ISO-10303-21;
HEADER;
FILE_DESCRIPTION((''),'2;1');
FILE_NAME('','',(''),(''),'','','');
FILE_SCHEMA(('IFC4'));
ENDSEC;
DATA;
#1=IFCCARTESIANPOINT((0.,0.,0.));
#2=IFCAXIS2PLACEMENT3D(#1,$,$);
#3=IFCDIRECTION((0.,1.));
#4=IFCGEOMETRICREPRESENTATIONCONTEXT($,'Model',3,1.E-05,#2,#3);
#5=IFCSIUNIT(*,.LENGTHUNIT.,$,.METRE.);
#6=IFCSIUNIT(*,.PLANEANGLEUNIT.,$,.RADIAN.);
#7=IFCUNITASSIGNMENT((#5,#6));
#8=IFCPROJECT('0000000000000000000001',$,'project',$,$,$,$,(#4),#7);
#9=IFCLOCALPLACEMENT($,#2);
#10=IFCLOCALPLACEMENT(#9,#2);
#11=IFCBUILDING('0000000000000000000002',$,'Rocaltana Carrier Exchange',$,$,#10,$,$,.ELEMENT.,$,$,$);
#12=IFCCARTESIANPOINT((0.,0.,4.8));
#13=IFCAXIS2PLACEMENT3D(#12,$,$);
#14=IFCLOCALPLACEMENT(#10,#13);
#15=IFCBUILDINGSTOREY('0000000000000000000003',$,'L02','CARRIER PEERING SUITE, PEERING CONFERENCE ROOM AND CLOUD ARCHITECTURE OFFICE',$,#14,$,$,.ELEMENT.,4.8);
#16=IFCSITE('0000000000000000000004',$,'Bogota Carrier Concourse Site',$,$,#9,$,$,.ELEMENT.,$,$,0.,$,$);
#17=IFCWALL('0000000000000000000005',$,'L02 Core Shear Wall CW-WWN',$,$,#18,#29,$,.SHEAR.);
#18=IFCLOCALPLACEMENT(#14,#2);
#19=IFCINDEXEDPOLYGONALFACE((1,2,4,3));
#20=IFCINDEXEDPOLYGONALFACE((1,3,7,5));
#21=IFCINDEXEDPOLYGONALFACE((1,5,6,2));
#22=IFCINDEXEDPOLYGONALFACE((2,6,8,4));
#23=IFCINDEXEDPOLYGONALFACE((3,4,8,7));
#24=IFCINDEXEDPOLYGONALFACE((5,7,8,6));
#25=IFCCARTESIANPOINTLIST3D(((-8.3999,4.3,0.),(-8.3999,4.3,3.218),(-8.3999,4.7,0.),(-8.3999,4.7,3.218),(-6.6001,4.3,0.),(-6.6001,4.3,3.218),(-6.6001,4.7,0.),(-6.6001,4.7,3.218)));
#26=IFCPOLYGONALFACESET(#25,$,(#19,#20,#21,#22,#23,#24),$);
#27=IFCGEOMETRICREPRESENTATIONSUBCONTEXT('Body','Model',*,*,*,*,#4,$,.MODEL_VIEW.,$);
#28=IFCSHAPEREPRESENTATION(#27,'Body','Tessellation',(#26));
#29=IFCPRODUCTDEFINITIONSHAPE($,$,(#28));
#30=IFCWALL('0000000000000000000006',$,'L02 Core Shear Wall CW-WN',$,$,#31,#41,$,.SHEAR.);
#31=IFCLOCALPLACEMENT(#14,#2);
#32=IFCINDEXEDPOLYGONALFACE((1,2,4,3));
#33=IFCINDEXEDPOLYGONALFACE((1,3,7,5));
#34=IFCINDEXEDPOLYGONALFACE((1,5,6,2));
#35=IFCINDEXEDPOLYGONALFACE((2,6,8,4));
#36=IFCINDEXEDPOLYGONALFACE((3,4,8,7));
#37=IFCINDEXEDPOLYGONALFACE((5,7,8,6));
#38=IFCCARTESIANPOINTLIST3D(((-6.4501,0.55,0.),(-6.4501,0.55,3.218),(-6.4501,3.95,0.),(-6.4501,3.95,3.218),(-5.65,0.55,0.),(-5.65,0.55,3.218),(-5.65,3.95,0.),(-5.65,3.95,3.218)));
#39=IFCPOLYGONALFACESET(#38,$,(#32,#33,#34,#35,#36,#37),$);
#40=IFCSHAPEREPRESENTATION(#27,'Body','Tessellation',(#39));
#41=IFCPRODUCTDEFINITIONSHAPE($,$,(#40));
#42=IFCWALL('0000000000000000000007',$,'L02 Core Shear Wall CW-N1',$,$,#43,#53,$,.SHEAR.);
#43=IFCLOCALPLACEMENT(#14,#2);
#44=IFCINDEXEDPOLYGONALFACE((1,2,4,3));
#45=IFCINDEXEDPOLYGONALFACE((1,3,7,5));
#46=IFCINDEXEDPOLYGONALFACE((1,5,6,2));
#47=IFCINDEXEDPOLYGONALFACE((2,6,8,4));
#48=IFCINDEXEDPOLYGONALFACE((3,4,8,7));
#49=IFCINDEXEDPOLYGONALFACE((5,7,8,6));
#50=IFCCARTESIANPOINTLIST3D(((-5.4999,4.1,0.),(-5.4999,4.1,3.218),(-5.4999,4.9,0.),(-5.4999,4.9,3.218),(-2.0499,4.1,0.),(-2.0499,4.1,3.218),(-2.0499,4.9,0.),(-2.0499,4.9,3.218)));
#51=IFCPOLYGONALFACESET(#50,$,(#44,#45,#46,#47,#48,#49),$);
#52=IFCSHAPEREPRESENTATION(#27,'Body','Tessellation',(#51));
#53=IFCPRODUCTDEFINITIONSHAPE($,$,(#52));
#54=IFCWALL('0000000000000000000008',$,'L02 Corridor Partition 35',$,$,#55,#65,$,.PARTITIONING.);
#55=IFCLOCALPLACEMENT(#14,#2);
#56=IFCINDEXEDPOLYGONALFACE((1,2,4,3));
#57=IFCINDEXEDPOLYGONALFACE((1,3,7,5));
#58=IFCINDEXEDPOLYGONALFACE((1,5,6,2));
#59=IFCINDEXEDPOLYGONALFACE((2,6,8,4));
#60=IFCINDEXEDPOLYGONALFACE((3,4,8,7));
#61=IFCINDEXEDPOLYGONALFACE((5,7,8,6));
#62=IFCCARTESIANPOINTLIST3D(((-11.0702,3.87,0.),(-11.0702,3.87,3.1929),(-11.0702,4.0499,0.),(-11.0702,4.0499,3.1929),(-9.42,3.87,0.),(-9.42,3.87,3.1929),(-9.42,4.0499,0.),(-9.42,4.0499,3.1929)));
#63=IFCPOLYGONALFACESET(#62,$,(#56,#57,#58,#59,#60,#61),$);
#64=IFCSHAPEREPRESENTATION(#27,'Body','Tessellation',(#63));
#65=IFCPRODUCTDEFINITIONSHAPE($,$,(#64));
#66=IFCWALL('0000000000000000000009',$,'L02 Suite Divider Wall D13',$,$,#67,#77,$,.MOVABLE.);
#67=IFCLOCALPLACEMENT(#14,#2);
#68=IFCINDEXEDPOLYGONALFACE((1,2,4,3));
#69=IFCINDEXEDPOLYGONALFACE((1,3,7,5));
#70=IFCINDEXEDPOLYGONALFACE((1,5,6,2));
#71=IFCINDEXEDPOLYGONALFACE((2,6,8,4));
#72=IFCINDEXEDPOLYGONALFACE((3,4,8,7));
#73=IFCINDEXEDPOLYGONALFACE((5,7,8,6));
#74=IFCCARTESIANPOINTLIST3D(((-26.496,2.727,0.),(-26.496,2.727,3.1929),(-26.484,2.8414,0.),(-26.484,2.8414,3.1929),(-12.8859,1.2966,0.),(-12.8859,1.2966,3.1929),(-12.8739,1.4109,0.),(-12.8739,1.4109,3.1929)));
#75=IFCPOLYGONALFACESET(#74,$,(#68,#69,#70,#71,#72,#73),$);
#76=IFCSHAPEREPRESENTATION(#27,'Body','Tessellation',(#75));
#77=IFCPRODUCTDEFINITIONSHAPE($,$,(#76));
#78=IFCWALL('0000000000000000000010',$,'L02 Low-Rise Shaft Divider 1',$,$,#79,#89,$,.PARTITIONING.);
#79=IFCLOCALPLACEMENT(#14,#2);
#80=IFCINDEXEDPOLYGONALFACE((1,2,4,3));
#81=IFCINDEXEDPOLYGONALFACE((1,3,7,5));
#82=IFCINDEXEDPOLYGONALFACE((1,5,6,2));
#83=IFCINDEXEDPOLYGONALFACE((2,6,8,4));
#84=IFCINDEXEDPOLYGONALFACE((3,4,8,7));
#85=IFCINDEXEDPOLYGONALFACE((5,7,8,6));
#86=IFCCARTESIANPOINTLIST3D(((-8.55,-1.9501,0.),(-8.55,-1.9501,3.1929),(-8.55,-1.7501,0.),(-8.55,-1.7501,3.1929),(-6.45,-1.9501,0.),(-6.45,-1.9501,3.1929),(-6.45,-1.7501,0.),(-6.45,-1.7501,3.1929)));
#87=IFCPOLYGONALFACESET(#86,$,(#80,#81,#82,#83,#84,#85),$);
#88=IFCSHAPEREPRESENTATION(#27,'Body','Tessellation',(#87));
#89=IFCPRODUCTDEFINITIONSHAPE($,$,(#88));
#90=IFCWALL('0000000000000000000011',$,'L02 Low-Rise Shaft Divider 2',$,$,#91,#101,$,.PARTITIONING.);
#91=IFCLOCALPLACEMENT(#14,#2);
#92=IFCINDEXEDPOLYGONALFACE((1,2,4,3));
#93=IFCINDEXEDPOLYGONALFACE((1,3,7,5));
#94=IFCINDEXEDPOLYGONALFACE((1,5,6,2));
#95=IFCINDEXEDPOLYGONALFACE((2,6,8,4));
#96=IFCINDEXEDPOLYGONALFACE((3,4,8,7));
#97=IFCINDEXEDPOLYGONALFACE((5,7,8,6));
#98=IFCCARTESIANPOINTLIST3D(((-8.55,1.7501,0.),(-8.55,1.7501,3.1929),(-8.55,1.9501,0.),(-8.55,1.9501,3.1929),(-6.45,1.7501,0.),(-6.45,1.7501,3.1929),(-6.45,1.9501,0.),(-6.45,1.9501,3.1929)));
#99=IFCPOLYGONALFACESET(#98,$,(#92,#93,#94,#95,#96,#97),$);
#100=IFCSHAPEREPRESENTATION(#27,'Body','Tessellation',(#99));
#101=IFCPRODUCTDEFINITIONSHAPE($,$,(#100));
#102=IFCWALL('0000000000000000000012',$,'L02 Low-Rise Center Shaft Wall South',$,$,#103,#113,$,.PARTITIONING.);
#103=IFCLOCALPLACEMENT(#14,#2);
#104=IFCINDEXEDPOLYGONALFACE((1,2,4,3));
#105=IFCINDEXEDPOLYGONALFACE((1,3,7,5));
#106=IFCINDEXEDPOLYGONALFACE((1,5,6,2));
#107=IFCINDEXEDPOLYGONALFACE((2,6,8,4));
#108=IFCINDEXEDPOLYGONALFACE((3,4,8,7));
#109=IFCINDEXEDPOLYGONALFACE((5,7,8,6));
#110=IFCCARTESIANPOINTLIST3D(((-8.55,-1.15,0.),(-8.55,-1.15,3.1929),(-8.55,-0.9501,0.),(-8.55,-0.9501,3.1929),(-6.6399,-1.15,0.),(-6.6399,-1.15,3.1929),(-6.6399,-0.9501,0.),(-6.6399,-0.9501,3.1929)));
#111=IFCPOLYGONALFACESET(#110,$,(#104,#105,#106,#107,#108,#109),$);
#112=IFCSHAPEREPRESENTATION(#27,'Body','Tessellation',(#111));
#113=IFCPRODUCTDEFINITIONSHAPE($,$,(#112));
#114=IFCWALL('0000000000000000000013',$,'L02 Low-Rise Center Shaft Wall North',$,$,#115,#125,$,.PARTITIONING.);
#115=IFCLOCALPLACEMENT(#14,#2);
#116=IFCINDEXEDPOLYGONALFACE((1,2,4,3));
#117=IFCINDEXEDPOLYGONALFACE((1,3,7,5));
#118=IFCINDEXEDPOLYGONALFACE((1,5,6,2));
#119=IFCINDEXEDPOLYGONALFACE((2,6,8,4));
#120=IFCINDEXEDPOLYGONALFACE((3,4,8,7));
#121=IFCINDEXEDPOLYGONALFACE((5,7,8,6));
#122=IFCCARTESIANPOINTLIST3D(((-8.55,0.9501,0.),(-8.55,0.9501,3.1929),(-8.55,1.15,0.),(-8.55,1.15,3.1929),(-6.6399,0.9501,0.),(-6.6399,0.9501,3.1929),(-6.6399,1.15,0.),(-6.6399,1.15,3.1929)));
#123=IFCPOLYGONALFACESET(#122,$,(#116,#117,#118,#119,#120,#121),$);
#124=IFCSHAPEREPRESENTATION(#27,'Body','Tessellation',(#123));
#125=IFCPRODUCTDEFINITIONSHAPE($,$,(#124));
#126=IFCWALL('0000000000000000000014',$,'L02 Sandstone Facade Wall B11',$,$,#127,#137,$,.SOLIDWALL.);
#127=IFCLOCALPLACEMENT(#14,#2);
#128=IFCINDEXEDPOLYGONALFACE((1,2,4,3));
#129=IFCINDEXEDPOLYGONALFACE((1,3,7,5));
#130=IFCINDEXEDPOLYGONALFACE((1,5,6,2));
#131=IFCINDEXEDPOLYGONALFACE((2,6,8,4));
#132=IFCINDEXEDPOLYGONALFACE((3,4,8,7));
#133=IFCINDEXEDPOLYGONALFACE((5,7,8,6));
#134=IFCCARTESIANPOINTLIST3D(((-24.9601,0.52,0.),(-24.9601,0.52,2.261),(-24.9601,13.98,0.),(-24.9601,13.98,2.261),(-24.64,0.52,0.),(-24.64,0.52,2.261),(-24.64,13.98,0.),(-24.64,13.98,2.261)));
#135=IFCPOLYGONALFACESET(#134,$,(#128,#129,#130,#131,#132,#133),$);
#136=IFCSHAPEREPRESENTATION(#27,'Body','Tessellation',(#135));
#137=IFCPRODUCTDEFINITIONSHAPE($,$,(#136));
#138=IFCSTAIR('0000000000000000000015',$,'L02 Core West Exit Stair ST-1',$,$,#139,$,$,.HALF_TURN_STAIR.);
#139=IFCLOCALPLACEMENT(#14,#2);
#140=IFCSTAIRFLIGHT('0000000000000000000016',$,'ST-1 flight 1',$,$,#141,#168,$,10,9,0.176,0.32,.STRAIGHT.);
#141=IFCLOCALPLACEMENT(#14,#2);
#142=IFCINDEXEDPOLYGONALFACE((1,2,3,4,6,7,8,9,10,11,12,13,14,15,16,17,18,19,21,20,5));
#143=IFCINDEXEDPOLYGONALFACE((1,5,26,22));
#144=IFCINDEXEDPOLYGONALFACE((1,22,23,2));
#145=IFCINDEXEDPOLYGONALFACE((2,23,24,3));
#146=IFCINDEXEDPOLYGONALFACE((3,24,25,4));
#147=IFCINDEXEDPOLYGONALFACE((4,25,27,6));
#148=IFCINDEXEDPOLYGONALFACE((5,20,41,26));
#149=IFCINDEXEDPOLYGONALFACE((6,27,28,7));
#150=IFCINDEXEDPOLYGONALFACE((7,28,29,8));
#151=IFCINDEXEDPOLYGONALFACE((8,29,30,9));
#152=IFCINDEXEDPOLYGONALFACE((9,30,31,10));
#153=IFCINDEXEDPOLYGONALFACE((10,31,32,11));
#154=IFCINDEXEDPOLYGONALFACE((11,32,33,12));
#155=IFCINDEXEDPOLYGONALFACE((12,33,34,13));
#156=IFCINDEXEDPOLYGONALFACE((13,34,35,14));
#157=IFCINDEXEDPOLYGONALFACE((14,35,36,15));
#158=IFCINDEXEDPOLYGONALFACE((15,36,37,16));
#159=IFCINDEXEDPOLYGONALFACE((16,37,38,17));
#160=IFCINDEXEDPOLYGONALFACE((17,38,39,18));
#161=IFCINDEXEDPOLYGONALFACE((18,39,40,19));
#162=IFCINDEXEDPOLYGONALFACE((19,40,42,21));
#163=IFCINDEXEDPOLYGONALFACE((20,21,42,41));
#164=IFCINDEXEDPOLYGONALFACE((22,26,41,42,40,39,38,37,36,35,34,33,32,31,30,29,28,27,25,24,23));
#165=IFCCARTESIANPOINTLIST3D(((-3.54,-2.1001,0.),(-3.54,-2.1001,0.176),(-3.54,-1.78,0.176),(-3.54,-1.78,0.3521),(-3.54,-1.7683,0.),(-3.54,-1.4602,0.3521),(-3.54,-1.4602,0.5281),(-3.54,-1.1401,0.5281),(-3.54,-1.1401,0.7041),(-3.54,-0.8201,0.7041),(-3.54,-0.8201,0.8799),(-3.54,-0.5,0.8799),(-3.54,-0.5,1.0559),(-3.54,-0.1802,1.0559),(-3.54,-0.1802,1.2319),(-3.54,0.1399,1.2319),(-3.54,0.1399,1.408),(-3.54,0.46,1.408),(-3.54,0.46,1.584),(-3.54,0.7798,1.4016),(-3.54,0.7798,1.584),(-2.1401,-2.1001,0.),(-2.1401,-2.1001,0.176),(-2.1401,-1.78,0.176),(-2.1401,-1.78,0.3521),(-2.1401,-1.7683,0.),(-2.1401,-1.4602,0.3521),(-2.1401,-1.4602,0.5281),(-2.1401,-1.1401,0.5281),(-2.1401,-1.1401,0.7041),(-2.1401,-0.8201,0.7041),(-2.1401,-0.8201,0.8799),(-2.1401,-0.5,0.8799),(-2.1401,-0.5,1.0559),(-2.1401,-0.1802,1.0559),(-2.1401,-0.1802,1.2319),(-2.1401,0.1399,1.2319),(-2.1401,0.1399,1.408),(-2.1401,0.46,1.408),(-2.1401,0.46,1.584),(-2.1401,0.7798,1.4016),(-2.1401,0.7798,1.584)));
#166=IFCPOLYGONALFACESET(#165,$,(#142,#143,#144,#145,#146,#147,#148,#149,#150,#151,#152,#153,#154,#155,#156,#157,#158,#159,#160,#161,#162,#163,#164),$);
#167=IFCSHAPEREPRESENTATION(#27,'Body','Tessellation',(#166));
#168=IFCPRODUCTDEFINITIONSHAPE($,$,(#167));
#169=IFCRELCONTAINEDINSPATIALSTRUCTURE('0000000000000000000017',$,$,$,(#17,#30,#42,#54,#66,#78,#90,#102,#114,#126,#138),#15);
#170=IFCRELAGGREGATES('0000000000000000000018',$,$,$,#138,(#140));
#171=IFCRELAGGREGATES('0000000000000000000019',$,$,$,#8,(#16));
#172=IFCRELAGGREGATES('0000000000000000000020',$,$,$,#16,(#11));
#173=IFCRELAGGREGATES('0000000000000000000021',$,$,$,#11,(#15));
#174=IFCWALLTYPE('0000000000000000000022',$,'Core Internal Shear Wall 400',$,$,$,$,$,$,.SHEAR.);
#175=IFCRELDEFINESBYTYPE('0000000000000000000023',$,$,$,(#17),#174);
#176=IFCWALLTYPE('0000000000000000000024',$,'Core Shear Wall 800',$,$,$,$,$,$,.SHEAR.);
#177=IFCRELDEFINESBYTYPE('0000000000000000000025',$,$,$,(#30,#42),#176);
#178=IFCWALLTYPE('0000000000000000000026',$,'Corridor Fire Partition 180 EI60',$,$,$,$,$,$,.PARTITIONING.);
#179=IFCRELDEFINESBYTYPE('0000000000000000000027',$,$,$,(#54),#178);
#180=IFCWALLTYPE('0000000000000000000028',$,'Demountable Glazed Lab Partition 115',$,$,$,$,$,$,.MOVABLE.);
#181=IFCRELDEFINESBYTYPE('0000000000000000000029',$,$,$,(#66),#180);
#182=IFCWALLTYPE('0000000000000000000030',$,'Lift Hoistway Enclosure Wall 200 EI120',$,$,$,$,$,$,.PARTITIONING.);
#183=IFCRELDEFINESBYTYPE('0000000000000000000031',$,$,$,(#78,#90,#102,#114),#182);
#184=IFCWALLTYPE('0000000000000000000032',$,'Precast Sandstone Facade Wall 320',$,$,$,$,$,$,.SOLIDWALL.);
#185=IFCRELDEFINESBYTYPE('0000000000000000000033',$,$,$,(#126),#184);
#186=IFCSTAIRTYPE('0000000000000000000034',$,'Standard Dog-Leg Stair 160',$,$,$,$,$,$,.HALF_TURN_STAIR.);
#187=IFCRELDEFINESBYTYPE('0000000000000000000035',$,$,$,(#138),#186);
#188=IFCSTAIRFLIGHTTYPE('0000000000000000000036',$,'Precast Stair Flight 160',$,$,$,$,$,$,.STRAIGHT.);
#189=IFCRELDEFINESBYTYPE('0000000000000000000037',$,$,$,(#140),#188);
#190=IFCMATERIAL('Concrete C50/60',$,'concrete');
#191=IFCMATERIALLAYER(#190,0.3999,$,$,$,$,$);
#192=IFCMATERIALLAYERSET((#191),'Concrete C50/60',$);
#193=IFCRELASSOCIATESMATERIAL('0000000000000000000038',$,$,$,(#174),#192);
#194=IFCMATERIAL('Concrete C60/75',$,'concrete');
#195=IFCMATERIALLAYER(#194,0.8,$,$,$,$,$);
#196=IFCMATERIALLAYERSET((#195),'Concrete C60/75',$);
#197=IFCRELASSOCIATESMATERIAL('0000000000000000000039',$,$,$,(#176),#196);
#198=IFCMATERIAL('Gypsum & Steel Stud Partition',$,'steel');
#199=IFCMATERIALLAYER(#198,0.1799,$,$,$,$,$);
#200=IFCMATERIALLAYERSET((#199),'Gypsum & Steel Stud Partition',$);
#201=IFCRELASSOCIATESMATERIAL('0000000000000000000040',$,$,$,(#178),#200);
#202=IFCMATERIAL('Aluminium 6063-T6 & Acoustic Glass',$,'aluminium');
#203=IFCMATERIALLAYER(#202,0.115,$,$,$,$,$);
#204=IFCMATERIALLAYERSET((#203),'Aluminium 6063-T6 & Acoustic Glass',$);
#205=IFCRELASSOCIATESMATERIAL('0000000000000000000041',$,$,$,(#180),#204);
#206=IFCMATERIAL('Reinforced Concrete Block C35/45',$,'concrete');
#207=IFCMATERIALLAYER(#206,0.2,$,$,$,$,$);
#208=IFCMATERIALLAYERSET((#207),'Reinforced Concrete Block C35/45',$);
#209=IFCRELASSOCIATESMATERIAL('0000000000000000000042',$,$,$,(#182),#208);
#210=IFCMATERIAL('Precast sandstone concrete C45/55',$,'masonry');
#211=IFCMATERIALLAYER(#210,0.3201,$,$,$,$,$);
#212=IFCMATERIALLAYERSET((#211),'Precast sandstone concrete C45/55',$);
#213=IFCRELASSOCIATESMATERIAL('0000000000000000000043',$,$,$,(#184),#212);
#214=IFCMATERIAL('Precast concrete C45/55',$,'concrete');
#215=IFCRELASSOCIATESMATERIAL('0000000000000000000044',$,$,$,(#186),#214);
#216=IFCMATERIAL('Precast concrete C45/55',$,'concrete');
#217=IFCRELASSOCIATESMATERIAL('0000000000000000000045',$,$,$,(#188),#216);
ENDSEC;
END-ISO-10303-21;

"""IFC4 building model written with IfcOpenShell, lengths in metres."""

from ifc_helpers import new_model, si_unit, direction, frame, frame_2d, origin, place, context, subcontext, project, spatial, polyline, rectangle, outline, extrude, material, layer, layer_set, type_object, element, aggregate, save


model = new_model("IFC4")

# Units and contexts
model_context = context("Model", 3, precision=1e-05, world=origin(), true_north=direction((0.0, 1.0)))
body_context = subcontext(model_context, "Body", "Model", "MODEL_VIEW")
ifc_project = project(units=[si_unit("LENGTHUNIT", "METRE"), si_unit("PLANEANGLEUNIT", "RADIAN")], contexts=[model_context])

# Site, building, storey
site_placement = place(None, origin())
site = spatial("IfcSite", under=ifc_project, at=site_placement, Name="Bogota Carrier Concourse Site", CompositionType="ELEMENT", RefElevation=0.0)
building_placement = place(site_placement, origin())
building = spatial("IfcBuilding", under=site, at=building_placement, Name="Rocaltana Carrier Exchange", CompositionType="ELEMENT")
storey_placement = place(building_placement, frame((0.0, 0.0, 4.8)))
storey = spatial("IfcBuildingStorey", under=building, at=storey_placement, Name="L02", Description="CARRIER PEERING SUITE, PEERING CONFERENCE ROOM AND CLOUD ARCHITECTURE OFFICE", CompositionType="ELEMENT", Elevation=4.8)

# Walls
ifc_material_1 = material(Name="Concrete C50/60", Category="concrete")
ifc_layer_1 = layer(ifc_material_1, 0.3999)
ifc_layer_set_1 = layer_set([ifc_layer_1], Name="Concrete C50/60")
wall_type_1 = type_object("IfcWallType", Name="Core Internal Shear Wall 400", PredefinedType="SHEAR", material=ifc_layer_set_1)
wall_1_placement = place(storey_placement, frame((-8.3999, 4.5, 0.0), z_axis=(0.0, 0.0, 1.0), x_axis=(1.0, 0.0, 0.0)))
element("IfcWall", 1, at=wall_1_placement, inside=storey, type_object=wall_type_1, Name="L02 Core Shear Wall CW-WWN", PredefinedType="SHEAR", context=body_context, shape_type="SweptSolid", body=[
    extrude(rectangle(XDim=1.7998, YDim=0.3999, at=frame_2d((0.8999, 0.0))), origin(), (0.0, 0.0, 1.0), 3.218),
])
ifc_material_2 = material(Name="Concrete C60/75", Category="concrete")
ifc_layer_2 = layer(ifc_material_2, 0.8)
ifc_layer_set_2 = layer_set([ifc_layer_2], Name="Concrete C60/75")
wall_type_2 = type_object("IfcWallType", Name="Core Shear Wall 800", PredefinedType="SHEAR", material=ifc_layer_set_2)
wall_2_placement = place(storey_placement, frame((-6.05, 0.55, 0.0), z_axis=(0.0, 0.0, 1.0), x_axis=(0.0, 1.0, 0.0)))
element("IfcWall", 2, at=wall_2_placement, inside=storey, type_object=wall_type_2, Name="L02 Core Shear Wall CW-WN", PredefinedType="SHEAR", context=body_context, shape_type="SweptSolid", body=[
    extrude(rectangle(XDim=3.3999, YDim=0.8, at=frame_2d((1.7, 0.0))), origin(), (0.0, 0.0, 1.0), 3.218),
])
wall_3_placement = place(storey_placement, frame((-5.5, 4.5, 0.0), z_axis=(0.0, 0.0, 1.0), x_axis=(1.0, 0.0, 0.0)))
element("IfcWall", 3, at=wall_3_placement, inside=storey, type_object=wall_type_2, Name="L02 Core Shear Wall CW-N1", PredefinedType="SHEAR", context=body_context, shape_type="SweptSolid", body=[
    extrude(rectangle(XDim=3.45, YDim=0.8, at=frame_2d((1.7251, 0.0))), origin(), (0.0, 0.0, 1.0), 3.218),
])
ifc_material_3 = material(Name="Gypsum & Steel Stud Partition", Category="steel")
ifc_layer_3 = layer(ifc_material_3, 0.1799)
ifc_layer_set_3 = layer_set([ifc_layer_3], Name="Gypsum & Steel Stud Partition")
wall_type_3 = type_object("IfcWallType", Name="Corridor Fire Partition 180 EI60", PredefinedType="PARTITIONING", material=ifc_layer_set_3)
wall_4_placement = place(storey_placement, frame((-9.4199, 3.96, 0.0), z_axis=(0.0, 0.0, 1.0), x_axis=(-1.0, 0.0, 0.0)))
element("IfcWall", 4, at=wall_4_placement, inside=storey, type_object=wall_type_3, Name="L02 Corridor Partition 35", PredefinedType="PARTITIONING", context=body_context, shape_type="SweptSolid", body=[
    extrude(rectangle(XDim=1.6501, YDim=0.1799, at=frame_2d((0.8252, 0.0))), origin(), (0.0, 0.0, 1.0), 3.1929),
])
ifc_material_4 = material(Name="Aluminium 6063-T6 & Acoustic Glass", Category="aluminium")
ifc_layer_4 = layer(ifc_material_4, 0.115)
ifc_layer_set_4 = layer_set([ifc_layer_4], Name="Aluminium 6063-T6 & Acoustic Glass")
wall_type_4 = type_object("IfcWallType", Name="Demountable Glazed Lab Partition 115", PredefinedType="MOVABLE", material=ifc_layer_set_4)
wall_5_placement = place(storey_placement, frame((-12.8799, 1.3538, 0.0), z_axis=(0.0, 0.0, 1.0), x_axis=(-0.994522, 0.104524, 0.0)))
element("IfcWall", 5, at=wall_5_placement, inside=storey, type_object=wall_type_4, Name="L02 Suite Divider Wall D13", PredefinedType="MOVABLE", context=body_context, shape_type="SweptSolid", body=[
    extrude(rectangle(XDim=13.6851, YDim=0.115, at=frame_2d((6.8425, 0.0))), origin(), (0.0, 0.0, 1.0), 3.1929),
])
ifc_material_5 = material(Name="Reinforced Concrete Block C35/45", Category="concrete")
ifc_layer_5 = layer(ifc_material_5, 0.2)
ifc_layer_set_5 = layer_set([ifc_layer_5], Name="Reinforced Concrete Block C35/45")
wall_type_5 = type_object("IfcWallType", Name="Lift Hoistway Enclosure Wall 200 EI120", PredefinedType="PARTITIONING", material=ifc_layer_set_5)
for number, where, z_axis, x_axis, name in (
    (6, (-8.55, -1.8501, 0.0), (0.0, 0.0, 1.0), (1.0, 0.0, 0.0), "L02 Low-Rise Shaft Divider 1"),
    (7, (-8.55, 1.8501, 0.0), (0.0, 0.0, 1.0), (1.0, 0.0, 0.0), "L02 Low-Rise Shaft Divider 2"),
):
    element("IfcWall", number, at=place(storey_placement, frame(where, z_axis=z_axis, x_axis=x_axis)), inside=storey, type_object=wall_type_5, Name=name, PredefinedType="PARTITIONING", context=body_context, shape_type="SweptSolid", body=[
        extrude(rectangle(XDim=2.1001, YDim=0.2, at=frame_2d((1.05, 0.0))), origin(), (0.0, 0.0, 1.0), 3.1929),
    ])
for number, where, z_axis, x_axis, name in (
    (8, (-8.55, -1.05, 0.0), (0.0, 0.0, 1.0), (1.0, 0.0, 0.0), "L02 Low-Rise Center Shaft Wall South"),
    (9, (-8.55, 1.05, 0.0), (0.0, 0.0, 1.0), (1.0, 0.0, 0.0), "L02 Low-Rise Center Shaft Wall North"),
):
    element("IfcWall", number, at=place(storey_placement, frame(where, z_axis=z_axis, x_axis=x_axis)), inside=storey, type_object=wall_type_5, Name=name, PredefinedType="PARTITIONING", context=body_context, shape_type="SweptSolid", body=[
        extrude(rectangle(XDim=1.9102, YDim=0.2, at=frame_2d((0.9551, 0.0))), origin(), (0.0, 0.0, 1.0), 3.1929),
    ])
ifc_material_6 = material(Name="Precast sandstone concrete C45/55", Category="masonry")
ifc_layer_6 = layer(ifc_material_6, 0.3201)
ifc_layer_set_6 = layer_set([ifc_layer_6], Name="Precast sandstone concrete C45/55")
wall_type_6 = type_object("IfcWallType", Name="Precast Sandstone Facade Wall 320", PredefinedType="SOLIDWALL", material=ifc_layer_set_6)
wall_6_placement = place(storey_placement, frame((-24.8, 0.52, 0.0), z_axis=(0.0, 0.0, 1.0), x_axis=(0.0, 1.0, 0.0)))
element("IfcWall", 10, at=wall_6_placement, inside=storey, type_object=wall_type_6, Name="L02 Sandstone Facade Wall B11", PredefinedType="SOLIDWALL", context=body_context, shape_type="SweptSolid", body=[
    extrude(rectangle(XDim=13.46, YDim=0.3201, at=frame_2d((6.73, 0.0))), origin(), (0.0, 0.0, 1.0), 2.261),
])

# Stair, stair flight
ifc_material_7 = material(Name="Precast concrete C45/55", Category="concrete")
stair_type = type_object("IfcStairType", Name="Standard Dog-Leg Stair 160", PredefinedType="HALF_TURN_STAIR", material=ifc_material_7)
stair_placement = place(storey_placement, origin())
stair = element("IfcStair", 11, at=stair_placement, inside=storey, type_object=stair_type, Name="L02 Core West Exit Stair ST-1", PredefinedType="HALF_TURN_STAIR")
ifc_material_8 = material(Name="Precast concrete C45/55", Category="concrete")
stair_flight_type = type_object("IfcStairFlightType", Name="Precast Stair Flight 160", PredefinedType="STRAIGHT", material=ifc_material_8)
stair_flight_1_placement = place(storey_placement, frame((-2.8401, -2.1001, 0.0), z_axis=(0.0, 0.0, 1.0), x_axis=(0.0, 1.0, 0.0)))
stair_flight_1 = element("IfcStairFlight", 12, at=stair_flight_1_placement, type_object=stair_flight_type, Name="ST-1 flight 1", NumberOfRisers=10, NumberOfTreads=9, PredefinedType="STRAIGHT", RiserHeight=0.176, TreadLength=0.32, context=body_context, shape_type="SweptSolid", body=[
    extrude(outline(polyline([(0.0, 0.0), (0.0, 0.176), (0.3201, 0.176), (0.3201, 0.3521), (0.6399, 0.3521), (0.6399, 0.5281), (0.96, 0.5281), (0.96, 0.7041), (1.28, 0.7041), (1.28, 0.8799), (1.6001, 0.8799), (1.6001, 1.0559), (1.9199, 1.0559), (1.9199, 1.2319), (2.24, 1.2319), (2.24, 1.408), (2.5601, 1.408), (2.5601, 1.584), (2.8799, 1.584), (2.8799, 1.76), (2.8799, 1.4016), (0.3318, 0.0), (0.0, 0.0)])), frame((0.0, 0.7, 0.0), z_axis=(0.0, -1.0, 0.0), x_axis=(1.0, 0.0, 0.0)), (0.0, 0.0, 1.0), 1.3999),
])
aggregate(stair, [stair_flight_1])

save(model, "model.ifc")
